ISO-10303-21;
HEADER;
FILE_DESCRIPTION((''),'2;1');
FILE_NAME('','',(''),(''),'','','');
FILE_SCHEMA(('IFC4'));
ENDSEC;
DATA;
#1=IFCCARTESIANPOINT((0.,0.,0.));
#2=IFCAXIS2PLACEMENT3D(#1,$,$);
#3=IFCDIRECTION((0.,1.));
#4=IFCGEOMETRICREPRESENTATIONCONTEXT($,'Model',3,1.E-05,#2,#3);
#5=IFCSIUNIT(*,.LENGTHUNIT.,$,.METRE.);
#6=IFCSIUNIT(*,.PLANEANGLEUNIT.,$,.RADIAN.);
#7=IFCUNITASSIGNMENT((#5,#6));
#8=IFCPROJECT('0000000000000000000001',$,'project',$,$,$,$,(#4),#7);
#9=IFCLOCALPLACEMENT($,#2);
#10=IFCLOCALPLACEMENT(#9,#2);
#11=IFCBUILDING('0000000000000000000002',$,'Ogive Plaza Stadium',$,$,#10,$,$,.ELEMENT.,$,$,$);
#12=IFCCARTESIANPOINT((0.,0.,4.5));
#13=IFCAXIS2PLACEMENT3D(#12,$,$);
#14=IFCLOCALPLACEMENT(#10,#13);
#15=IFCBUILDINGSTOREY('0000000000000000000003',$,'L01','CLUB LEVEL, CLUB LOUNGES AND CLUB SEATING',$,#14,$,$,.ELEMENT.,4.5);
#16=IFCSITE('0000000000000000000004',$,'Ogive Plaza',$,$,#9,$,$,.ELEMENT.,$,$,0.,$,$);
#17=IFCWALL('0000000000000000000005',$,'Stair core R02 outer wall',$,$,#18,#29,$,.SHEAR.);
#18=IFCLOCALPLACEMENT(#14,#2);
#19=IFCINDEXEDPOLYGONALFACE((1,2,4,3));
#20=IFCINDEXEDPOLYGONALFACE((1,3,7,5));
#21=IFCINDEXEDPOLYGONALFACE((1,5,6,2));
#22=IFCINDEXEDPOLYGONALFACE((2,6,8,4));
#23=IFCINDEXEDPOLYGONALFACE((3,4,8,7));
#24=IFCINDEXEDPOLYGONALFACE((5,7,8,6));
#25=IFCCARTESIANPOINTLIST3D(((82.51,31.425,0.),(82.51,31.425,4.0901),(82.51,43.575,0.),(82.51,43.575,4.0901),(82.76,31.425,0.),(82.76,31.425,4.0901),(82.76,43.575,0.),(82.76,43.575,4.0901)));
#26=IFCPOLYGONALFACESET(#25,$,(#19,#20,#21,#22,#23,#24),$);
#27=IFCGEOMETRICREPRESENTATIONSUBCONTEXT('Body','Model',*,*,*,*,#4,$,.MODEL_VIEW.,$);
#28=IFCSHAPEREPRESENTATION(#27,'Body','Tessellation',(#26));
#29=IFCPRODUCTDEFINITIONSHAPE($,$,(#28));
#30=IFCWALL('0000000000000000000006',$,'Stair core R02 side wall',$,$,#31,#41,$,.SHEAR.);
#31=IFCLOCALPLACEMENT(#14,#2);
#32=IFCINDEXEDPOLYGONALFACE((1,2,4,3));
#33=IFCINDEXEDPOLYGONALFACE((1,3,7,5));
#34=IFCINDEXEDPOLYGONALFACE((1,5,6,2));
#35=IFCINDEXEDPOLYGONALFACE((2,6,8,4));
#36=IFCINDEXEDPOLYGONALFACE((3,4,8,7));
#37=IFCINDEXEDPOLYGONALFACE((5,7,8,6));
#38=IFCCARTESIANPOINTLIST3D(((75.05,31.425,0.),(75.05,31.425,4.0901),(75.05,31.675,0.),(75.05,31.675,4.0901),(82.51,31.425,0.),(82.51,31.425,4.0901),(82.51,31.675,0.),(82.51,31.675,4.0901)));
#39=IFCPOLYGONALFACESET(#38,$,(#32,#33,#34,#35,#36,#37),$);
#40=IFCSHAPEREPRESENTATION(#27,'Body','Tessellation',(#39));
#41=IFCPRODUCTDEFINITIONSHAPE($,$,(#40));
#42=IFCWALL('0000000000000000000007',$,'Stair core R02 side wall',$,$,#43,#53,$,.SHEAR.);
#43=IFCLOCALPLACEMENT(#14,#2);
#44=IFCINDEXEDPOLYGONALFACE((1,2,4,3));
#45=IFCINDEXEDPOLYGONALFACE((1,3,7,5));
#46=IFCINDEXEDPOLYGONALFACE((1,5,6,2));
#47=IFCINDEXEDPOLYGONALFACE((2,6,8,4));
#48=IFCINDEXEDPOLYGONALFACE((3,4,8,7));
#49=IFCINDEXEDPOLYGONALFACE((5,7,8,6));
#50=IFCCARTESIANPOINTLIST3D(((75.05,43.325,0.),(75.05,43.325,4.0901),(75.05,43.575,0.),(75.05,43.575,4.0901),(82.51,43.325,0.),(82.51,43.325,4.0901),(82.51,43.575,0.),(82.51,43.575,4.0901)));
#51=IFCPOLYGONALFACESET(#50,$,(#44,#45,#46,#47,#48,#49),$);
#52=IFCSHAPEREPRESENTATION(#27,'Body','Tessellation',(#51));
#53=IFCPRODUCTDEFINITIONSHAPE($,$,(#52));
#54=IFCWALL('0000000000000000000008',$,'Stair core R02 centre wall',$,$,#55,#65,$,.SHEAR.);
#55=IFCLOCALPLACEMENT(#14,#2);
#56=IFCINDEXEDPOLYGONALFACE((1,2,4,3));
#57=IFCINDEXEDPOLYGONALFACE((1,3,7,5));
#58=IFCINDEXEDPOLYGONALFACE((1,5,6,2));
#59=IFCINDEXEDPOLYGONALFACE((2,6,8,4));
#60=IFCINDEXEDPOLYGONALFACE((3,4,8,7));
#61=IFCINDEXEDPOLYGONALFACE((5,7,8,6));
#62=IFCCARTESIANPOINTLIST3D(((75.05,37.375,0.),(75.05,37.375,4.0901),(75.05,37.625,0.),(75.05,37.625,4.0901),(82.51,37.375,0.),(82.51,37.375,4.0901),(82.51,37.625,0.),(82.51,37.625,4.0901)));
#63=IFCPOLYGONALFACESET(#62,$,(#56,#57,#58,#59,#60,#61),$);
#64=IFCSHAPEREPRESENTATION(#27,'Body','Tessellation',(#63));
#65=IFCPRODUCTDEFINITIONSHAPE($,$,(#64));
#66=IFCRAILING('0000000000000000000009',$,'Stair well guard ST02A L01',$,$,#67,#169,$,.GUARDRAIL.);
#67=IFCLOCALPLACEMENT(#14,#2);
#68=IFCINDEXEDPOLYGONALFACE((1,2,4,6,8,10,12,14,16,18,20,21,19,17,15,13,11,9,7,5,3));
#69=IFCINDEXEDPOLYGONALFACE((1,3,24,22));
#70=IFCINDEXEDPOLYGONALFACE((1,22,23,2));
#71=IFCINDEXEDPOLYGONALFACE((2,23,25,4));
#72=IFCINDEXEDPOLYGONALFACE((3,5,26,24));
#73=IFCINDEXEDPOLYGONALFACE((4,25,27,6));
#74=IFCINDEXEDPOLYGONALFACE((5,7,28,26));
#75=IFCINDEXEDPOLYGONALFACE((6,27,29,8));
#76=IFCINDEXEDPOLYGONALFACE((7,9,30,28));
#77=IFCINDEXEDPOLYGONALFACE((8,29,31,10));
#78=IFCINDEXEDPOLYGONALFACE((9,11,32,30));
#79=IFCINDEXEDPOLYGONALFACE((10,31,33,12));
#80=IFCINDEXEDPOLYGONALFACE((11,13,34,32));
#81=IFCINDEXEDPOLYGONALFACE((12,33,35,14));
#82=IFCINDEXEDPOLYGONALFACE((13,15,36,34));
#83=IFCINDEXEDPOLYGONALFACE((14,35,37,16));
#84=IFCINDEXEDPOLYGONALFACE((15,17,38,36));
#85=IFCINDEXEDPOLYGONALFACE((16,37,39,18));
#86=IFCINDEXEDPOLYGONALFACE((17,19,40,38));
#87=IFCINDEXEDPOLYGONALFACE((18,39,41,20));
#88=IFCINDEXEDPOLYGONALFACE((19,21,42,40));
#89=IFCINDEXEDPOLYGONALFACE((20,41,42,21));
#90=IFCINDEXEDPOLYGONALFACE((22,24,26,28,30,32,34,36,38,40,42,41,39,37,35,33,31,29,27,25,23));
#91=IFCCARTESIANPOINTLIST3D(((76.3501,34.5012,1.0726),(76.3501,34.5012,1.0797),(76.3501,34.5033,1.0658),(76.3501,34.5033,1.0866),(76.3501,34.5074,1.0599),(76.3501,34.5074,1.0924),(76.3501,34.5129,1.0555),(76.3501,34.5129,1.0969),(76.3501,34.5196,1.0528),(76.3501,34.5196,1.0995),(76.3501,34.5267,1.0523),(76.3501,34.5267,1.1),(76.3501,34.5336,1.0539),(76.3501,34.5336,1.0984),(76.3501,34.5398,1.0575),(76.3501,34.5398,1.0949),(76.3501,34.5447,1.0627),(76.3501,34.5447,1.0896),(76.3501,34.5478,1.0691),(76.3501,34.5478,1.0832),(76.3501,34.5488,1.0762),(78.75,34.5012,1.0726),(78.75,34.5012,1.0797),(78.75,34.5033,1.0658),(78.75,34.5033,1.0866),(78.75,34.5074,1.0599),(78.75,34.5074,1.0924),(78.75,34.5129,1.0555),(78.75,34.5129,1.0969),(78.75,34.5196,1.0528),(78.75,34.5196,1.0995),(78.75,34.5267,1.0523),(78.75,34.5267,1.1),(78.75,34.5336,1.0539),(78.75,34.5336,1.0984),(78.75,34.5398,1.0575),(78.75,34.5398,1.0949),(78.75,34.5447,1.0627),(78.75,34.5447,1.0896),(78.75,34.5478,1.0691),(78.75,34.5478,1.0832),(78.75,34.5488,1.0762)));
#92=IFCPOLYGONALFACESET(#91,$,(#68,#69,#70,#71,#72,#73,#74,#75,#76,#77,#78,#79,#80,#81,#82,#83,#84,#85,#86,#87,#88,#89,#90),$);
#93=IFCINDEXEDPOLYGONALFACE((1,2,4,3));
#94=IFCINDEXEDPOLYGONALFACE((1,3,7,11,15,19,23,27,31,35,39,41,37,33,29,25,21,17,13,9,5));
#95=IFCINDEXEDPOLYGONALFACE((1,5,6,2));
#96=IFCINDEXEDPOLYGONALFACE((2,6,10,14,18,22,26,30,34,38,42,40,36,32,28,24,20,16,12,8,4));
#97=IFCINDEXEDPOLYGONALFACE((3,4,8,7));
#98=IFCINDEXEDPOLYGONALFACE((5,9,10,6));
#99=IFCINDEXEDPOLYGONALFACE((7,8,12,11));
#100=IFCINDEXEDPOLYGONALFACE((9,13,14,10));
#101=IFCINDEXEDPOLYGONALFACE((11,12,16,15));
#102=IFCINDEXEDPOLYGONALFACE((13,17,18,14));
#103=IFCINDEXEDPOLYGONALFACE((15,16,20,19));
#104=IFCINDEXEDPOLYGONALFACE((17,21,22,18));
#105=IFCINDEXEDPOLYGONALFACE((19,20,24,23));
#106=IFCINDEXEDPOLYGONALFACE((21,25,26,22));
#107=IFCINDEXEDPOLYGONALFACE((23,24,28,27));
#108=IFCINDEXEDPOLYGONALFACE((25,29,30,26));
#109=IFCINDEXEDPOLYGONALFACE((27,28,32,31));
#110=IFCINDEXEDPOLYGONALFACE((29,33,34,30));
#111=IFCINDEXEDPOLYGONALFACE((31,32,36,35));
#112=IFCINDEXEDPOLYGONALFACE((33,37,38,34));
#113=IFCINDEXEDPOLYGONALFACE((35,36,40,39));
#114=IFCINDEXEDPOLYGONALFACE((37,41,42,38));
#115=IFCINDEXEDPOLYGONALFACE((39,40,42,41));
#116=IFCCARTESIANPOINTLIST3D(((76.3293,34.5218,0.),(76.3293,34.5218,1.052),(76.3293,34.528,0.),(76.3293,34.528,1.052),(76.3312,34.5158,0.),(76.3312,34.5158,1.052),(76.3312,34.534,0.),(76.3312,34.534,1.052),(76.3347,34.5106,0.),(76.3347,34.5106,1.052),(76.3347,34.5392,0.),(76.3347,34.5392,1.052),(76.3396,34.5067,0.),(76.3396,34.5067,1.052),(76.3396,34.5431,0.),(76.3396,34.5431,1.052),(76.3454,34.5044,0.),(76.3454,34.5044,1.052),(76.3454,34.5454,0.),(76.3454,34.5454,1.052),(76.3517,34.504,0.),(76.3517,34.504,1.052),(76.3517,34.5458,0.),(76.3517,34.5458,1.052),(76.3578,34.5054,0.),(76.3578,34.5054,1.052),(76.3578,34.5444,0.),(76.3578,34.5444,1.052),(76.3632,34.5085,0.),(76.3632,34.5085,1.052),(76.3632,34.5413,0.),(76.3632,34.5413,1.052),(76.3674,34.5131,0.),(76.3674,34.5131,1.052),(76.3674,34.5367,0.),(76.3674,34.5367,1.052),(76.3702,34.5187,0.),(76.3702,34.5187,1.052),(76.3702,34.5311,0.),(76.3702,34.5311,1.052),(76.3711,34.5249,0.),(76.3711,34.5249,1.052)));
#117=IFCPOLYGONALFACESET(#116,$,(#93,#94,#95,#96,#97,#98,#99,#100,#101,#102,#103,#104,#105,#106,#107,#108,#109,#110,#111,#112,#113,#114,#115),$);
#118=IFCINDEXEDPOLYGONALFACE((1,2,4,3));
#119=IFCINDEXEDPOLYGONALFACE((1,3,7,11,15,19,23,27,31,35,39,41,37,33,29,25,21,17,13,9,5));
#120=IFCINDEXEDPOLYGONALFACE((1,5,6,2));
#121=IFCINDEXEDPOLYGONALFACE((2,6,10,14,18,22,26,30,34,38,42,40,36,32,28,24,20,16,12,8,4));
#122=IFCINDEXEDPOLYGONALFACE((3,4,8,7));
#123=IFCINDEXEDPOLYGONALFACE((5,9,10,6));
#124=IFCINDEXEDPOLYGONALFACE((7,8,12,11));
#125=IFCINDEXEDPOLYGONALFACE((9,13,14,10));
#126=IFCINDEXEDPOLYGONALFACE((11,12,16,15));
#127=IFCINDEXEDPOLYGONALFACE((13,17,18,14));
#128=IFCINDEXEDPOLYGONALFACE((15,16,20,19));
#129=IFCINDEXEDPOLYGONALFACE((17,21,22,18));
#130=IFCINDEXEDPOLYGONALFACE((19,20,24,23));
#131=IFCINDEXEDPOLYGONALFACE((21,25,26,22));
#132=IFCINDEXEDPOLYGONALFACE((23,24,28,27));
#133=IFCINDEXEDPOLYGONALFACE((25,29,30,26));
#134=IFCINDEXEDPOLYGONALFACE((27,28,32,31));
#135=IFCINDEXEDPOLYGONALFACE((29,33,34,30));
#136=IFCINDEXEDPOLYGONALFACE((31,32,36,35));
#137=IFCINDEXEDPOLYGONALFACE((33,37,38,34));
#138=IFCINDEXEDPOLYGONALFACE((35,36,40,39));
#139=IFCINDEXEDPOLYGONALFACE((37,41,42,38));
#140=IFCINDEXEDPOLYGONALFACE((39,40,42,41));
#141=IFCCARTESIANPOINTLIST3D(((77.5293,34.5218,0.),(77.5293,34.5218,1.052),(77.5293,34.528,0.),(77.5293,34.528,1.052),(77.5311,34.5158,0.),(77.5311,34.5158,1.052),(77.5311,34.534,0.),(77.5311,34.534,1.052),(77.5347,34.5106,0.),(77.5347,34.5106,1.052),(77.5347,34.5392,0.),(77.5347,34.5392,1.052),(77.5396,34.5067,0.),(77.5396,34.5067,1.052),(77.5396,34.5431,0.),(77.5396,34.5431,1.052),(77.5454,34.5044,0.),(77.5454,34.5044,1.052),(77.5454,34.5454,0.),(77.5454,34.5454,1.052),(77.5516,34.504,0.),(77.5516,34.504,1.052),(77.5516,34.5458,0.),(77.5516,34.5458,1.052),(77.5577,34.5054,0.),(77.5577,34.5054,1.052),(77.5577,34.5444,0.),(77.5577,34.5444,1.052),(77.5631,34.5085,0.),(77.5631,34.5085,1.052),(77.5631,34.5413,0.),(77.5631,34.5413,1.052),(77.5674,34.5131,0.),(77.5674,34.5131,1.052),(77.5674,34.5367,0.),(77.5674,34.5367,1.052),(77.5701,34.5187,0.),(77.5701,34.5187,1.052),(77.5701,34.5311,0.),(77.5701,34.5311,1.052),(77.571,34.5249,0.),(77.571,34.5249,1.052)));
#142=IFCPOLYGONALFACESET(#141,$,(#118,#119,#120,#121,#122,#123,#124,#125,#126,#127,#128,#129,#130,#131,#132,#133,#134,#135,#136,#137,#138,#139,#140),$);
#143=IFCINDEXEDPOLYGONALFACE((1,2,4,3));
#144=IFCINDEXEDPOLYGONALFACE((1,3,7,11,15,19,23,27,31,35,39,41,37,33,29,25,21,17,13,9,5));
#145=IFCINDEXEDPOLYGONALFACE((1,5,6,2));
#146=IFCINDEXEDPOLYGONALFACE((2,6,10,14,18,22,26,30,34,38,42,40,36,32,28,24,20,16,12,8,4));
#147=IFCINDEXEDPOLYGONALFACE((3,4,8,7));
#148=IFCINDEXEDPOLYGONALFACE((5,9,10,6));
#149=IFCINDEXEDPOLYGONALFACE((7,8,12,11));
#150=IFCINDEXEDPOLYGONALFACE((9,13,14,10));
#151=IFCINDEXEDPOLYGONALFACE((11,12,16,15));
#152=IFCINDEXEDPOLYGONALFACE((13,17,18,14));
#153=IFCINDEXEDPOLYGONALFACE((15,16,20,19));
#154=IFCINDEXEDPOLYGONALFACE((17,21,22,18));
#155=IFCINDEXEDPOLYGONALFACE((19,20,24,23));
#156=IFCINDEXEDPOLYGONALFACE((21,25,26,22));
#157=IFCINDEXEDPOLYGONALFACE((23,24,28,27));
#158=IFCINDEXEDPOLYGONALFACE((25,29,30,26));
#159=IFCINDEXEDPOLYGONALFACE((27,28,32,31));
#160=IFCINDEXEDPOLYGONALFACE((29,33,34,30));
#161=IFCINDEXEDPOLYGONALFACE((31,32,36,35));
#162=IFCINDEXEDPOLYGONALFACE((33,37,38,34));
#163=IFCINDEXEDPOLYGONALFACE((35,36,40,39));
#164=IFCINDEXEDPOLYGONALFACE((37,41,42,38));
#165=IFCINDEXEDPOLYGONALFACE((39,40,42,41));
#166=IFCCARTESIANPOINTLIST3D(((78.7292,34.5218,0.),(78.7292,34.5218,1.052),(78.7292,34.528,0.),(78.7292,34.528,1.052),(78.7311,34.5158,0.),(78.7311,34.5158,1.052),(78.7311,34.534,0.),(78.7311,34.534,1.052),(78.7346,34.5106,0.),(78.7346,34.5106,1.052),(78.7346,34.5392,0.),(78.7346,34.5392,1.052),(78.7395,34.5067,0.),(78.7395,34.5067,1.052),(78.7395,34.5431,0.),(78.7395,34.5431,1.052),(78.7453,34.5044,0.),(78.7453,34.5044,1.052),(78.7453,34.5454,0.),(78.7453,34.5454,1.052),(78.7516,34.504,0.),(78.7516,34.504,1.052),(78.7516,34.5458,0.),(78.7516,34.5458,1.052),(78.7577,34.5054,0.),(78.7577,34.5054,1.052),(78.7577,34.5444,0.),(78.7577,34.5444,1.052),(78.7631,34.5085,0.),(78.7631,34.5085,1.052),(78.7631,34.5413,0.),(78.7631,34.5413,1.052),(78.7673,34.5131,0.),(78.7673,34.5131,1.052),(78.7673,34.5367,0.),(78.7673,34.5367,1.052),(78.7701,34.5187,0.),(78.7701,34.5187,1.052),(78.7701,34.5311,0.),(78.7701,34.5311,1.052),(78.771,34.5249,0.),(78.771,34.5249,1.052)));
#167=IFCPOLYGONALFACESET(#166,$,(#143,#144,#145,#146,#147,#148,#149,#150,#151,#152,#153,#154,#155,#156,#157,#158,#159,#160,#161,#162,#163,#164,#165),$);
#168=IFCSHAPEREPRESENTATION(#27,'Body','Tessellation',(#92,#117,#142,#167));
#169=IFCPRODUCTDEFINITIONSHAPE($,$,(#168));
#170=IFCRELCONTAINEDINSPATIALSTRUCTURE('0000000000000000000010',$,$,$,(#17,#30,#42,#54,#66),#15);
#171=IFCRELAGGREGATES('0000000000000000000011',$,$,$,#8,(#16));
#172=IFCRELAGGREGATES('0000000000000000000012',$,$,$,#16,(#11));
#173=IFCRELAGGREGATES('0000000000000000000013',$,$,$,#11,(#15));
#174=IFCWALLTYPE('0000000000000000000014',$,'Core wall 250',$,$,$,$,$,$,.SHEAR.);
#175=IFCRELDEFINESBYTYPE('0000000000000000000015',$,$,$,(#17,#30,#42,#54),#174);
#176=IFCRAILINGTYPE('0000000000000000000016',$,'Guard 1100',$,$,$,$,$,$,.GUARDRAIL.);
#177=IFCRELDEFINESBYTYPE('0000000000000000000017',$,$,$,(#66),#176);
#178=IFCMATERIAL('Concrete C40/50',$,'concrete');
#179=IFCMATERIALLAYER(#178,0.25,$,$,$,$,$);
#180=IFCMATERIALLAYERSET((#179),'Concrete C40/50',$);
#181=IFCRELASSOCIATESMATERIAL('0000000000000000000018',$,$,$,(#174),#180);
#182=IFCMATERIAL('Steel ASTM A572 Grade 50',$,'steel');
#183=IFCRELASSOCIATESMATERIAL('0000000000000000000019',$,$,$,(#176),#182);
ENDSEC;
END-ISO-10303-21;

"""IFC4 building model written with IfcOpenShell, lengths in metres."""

from ifc_helpers import new_model, si_unit, direction, frame, frame_2d, origin, origin_2d, place, context, subcontext, project, spatial, rectangle, circle, extrude, material, layer, layer_set, type_object, element, save


model = new_model("IFC4")

# Units and contexts
model_context = context("Model", 3, precision=1e-05, world=origin(), true_north=direction((0.0, 1.0)))
body_context = subcontext(model_context, "Body", "Model", "MODEL_VIEW")
ifc_project = project(units=[si_unit("LENGTHUNIT", "METRE"), si_unit("PLANEANGLEUNIT", "RADIAN")], contexts=[model_context])

# Site, building, storey
site_placement = place(None, origin())
site = spatial("IfcSite", under=ifc_project, at=site_placement, Name="Ogive Plaza", CompositionType="ELEMENT", RefElevation=0.0)
building_placement = place(site_placement, origin())
building = spatial("IfcBuilding", under=site, at=building_placement, Name="Ogive Plaza Stadium", CompositionType="ELEMENT")
storey_placement = place(building_placement, frame((0.0, 0.0, 4.5)))
storey = spatial("IfcBuildingStorey", under=building, at=storey_placement, Name="L01", Description="CLUB LEVEL, CLUB LOUNGES AND CLUB SEATING", CompositionType="ELEMENT", Elevation=4.5)

# Walls
ifc_material_1 = material(Name="Concrete C40/50", Category="concrete")
ifc_layer = layer(ifc_material_1, 0.25)
ifc_layer_set = layer_set([ifc_layer], Name="Concrete C40/50")
wall_type = type_object("IfcWallType", Name="Core wall 250", PredefinedType="SHEAR", material=ifc_layer_set)
wall_placement = place(storey_placement, frame((82.635, 31.425, 0.0), z_axis=(0.0, 0.0, 1.0), x_axis=(0.0, 1.0, 0.0)))
element("IfcWall", 1, at=wall_placement, inside=storey, type_object=wall_type, Name="Stair core R02 outer wall", PredefinedType="SHEAR", context=body_context, shape_type="SweptSolid", body=[
    extrude(rectangle(XDim=12.1499, YDim=0.25, at=frame_2d((6.075, 0.0))), origin(), (0.0, 0.0, 1.0), 4.0901),
])
for number, where, z_axis, x_axis, name in (
    (2, (75.05, 31.55, 0.0), (0.0, 0.0, 1.0), (1.0, 0.0, 0.0), "Stair core R02 side wall"),
    (3, (75.05, 43.45, 0.0), (0.0, 0.0, 1.0), (1.0, 0.0, 0.0), "Stair core R02 side wall"),
    (4, (75.05, 37.5, 0.0), (0.0, 0.0, 1.0), (1.0, 0.0, 0.0), "Stair core R02 centre wall"),
):
    element("IfcWall", number, at=place(storey_placement, frame(where, z_axis=z_axis, x_axis=x_axis)), inside=storey, type_object=wall_type, Name=name, PredefinedType="SHEAR", context=body_context, shape_type="SweptSolid", body=[
        extrude(rectangle(XDim=7.46, YDim=0.25, at=frame_2d((3.73, 0.0))), origin(), (0.0, 0.0, 1.0), 4.0901),
    ])

# Railing
ifc_material_2 = material(Name="Steel ASTM A572 Grade 50", Category="steel")
railing_type_1 = type_object("IfcRailingType", Name="Guard 1100", PredefinedType="GUARDRAIL", material=ifc_material_2)
for number, where, name in (
    (5, (76.3501, 34.5249, 0.0), "Stair well guard ST02A L01"),
):
    element("IfcRailing", number, at=place(storey_placement, frame(where)), inside=storey, type_object=railing_type_1, Name=name, PredefinedType="GUARDRAIL", context=body_context, shape_type="SweptSolid", body=[
        extrude(circle(Radius=0.0239, at=origin_2d()), frame((0.0, 0.0, 1.0762), z_axis=(1.0, 0.0, 0.0), x_axis=(0.0, 1.0, 0.0)), (0.0, 0.0, 1.0), 2.3999),
        extrude(circle(Radius=0.021, at=origin_2d()), origin(), (0.0, 0.0, 1.0), 1.052),
        extrude(circle(Radius=0.021, at=origin_2d()), frame((1.2, 0.0, 0.0)), (0.0, 0.0, 1.0), 1.052),
        extrude(circle(Radius=0.021, at=origin_2d()), frame((2.3999, 0.0, 0.0)), (0.0, 0.0, 1.0), 1.052),
    ])

save(model, "model.ifc")
